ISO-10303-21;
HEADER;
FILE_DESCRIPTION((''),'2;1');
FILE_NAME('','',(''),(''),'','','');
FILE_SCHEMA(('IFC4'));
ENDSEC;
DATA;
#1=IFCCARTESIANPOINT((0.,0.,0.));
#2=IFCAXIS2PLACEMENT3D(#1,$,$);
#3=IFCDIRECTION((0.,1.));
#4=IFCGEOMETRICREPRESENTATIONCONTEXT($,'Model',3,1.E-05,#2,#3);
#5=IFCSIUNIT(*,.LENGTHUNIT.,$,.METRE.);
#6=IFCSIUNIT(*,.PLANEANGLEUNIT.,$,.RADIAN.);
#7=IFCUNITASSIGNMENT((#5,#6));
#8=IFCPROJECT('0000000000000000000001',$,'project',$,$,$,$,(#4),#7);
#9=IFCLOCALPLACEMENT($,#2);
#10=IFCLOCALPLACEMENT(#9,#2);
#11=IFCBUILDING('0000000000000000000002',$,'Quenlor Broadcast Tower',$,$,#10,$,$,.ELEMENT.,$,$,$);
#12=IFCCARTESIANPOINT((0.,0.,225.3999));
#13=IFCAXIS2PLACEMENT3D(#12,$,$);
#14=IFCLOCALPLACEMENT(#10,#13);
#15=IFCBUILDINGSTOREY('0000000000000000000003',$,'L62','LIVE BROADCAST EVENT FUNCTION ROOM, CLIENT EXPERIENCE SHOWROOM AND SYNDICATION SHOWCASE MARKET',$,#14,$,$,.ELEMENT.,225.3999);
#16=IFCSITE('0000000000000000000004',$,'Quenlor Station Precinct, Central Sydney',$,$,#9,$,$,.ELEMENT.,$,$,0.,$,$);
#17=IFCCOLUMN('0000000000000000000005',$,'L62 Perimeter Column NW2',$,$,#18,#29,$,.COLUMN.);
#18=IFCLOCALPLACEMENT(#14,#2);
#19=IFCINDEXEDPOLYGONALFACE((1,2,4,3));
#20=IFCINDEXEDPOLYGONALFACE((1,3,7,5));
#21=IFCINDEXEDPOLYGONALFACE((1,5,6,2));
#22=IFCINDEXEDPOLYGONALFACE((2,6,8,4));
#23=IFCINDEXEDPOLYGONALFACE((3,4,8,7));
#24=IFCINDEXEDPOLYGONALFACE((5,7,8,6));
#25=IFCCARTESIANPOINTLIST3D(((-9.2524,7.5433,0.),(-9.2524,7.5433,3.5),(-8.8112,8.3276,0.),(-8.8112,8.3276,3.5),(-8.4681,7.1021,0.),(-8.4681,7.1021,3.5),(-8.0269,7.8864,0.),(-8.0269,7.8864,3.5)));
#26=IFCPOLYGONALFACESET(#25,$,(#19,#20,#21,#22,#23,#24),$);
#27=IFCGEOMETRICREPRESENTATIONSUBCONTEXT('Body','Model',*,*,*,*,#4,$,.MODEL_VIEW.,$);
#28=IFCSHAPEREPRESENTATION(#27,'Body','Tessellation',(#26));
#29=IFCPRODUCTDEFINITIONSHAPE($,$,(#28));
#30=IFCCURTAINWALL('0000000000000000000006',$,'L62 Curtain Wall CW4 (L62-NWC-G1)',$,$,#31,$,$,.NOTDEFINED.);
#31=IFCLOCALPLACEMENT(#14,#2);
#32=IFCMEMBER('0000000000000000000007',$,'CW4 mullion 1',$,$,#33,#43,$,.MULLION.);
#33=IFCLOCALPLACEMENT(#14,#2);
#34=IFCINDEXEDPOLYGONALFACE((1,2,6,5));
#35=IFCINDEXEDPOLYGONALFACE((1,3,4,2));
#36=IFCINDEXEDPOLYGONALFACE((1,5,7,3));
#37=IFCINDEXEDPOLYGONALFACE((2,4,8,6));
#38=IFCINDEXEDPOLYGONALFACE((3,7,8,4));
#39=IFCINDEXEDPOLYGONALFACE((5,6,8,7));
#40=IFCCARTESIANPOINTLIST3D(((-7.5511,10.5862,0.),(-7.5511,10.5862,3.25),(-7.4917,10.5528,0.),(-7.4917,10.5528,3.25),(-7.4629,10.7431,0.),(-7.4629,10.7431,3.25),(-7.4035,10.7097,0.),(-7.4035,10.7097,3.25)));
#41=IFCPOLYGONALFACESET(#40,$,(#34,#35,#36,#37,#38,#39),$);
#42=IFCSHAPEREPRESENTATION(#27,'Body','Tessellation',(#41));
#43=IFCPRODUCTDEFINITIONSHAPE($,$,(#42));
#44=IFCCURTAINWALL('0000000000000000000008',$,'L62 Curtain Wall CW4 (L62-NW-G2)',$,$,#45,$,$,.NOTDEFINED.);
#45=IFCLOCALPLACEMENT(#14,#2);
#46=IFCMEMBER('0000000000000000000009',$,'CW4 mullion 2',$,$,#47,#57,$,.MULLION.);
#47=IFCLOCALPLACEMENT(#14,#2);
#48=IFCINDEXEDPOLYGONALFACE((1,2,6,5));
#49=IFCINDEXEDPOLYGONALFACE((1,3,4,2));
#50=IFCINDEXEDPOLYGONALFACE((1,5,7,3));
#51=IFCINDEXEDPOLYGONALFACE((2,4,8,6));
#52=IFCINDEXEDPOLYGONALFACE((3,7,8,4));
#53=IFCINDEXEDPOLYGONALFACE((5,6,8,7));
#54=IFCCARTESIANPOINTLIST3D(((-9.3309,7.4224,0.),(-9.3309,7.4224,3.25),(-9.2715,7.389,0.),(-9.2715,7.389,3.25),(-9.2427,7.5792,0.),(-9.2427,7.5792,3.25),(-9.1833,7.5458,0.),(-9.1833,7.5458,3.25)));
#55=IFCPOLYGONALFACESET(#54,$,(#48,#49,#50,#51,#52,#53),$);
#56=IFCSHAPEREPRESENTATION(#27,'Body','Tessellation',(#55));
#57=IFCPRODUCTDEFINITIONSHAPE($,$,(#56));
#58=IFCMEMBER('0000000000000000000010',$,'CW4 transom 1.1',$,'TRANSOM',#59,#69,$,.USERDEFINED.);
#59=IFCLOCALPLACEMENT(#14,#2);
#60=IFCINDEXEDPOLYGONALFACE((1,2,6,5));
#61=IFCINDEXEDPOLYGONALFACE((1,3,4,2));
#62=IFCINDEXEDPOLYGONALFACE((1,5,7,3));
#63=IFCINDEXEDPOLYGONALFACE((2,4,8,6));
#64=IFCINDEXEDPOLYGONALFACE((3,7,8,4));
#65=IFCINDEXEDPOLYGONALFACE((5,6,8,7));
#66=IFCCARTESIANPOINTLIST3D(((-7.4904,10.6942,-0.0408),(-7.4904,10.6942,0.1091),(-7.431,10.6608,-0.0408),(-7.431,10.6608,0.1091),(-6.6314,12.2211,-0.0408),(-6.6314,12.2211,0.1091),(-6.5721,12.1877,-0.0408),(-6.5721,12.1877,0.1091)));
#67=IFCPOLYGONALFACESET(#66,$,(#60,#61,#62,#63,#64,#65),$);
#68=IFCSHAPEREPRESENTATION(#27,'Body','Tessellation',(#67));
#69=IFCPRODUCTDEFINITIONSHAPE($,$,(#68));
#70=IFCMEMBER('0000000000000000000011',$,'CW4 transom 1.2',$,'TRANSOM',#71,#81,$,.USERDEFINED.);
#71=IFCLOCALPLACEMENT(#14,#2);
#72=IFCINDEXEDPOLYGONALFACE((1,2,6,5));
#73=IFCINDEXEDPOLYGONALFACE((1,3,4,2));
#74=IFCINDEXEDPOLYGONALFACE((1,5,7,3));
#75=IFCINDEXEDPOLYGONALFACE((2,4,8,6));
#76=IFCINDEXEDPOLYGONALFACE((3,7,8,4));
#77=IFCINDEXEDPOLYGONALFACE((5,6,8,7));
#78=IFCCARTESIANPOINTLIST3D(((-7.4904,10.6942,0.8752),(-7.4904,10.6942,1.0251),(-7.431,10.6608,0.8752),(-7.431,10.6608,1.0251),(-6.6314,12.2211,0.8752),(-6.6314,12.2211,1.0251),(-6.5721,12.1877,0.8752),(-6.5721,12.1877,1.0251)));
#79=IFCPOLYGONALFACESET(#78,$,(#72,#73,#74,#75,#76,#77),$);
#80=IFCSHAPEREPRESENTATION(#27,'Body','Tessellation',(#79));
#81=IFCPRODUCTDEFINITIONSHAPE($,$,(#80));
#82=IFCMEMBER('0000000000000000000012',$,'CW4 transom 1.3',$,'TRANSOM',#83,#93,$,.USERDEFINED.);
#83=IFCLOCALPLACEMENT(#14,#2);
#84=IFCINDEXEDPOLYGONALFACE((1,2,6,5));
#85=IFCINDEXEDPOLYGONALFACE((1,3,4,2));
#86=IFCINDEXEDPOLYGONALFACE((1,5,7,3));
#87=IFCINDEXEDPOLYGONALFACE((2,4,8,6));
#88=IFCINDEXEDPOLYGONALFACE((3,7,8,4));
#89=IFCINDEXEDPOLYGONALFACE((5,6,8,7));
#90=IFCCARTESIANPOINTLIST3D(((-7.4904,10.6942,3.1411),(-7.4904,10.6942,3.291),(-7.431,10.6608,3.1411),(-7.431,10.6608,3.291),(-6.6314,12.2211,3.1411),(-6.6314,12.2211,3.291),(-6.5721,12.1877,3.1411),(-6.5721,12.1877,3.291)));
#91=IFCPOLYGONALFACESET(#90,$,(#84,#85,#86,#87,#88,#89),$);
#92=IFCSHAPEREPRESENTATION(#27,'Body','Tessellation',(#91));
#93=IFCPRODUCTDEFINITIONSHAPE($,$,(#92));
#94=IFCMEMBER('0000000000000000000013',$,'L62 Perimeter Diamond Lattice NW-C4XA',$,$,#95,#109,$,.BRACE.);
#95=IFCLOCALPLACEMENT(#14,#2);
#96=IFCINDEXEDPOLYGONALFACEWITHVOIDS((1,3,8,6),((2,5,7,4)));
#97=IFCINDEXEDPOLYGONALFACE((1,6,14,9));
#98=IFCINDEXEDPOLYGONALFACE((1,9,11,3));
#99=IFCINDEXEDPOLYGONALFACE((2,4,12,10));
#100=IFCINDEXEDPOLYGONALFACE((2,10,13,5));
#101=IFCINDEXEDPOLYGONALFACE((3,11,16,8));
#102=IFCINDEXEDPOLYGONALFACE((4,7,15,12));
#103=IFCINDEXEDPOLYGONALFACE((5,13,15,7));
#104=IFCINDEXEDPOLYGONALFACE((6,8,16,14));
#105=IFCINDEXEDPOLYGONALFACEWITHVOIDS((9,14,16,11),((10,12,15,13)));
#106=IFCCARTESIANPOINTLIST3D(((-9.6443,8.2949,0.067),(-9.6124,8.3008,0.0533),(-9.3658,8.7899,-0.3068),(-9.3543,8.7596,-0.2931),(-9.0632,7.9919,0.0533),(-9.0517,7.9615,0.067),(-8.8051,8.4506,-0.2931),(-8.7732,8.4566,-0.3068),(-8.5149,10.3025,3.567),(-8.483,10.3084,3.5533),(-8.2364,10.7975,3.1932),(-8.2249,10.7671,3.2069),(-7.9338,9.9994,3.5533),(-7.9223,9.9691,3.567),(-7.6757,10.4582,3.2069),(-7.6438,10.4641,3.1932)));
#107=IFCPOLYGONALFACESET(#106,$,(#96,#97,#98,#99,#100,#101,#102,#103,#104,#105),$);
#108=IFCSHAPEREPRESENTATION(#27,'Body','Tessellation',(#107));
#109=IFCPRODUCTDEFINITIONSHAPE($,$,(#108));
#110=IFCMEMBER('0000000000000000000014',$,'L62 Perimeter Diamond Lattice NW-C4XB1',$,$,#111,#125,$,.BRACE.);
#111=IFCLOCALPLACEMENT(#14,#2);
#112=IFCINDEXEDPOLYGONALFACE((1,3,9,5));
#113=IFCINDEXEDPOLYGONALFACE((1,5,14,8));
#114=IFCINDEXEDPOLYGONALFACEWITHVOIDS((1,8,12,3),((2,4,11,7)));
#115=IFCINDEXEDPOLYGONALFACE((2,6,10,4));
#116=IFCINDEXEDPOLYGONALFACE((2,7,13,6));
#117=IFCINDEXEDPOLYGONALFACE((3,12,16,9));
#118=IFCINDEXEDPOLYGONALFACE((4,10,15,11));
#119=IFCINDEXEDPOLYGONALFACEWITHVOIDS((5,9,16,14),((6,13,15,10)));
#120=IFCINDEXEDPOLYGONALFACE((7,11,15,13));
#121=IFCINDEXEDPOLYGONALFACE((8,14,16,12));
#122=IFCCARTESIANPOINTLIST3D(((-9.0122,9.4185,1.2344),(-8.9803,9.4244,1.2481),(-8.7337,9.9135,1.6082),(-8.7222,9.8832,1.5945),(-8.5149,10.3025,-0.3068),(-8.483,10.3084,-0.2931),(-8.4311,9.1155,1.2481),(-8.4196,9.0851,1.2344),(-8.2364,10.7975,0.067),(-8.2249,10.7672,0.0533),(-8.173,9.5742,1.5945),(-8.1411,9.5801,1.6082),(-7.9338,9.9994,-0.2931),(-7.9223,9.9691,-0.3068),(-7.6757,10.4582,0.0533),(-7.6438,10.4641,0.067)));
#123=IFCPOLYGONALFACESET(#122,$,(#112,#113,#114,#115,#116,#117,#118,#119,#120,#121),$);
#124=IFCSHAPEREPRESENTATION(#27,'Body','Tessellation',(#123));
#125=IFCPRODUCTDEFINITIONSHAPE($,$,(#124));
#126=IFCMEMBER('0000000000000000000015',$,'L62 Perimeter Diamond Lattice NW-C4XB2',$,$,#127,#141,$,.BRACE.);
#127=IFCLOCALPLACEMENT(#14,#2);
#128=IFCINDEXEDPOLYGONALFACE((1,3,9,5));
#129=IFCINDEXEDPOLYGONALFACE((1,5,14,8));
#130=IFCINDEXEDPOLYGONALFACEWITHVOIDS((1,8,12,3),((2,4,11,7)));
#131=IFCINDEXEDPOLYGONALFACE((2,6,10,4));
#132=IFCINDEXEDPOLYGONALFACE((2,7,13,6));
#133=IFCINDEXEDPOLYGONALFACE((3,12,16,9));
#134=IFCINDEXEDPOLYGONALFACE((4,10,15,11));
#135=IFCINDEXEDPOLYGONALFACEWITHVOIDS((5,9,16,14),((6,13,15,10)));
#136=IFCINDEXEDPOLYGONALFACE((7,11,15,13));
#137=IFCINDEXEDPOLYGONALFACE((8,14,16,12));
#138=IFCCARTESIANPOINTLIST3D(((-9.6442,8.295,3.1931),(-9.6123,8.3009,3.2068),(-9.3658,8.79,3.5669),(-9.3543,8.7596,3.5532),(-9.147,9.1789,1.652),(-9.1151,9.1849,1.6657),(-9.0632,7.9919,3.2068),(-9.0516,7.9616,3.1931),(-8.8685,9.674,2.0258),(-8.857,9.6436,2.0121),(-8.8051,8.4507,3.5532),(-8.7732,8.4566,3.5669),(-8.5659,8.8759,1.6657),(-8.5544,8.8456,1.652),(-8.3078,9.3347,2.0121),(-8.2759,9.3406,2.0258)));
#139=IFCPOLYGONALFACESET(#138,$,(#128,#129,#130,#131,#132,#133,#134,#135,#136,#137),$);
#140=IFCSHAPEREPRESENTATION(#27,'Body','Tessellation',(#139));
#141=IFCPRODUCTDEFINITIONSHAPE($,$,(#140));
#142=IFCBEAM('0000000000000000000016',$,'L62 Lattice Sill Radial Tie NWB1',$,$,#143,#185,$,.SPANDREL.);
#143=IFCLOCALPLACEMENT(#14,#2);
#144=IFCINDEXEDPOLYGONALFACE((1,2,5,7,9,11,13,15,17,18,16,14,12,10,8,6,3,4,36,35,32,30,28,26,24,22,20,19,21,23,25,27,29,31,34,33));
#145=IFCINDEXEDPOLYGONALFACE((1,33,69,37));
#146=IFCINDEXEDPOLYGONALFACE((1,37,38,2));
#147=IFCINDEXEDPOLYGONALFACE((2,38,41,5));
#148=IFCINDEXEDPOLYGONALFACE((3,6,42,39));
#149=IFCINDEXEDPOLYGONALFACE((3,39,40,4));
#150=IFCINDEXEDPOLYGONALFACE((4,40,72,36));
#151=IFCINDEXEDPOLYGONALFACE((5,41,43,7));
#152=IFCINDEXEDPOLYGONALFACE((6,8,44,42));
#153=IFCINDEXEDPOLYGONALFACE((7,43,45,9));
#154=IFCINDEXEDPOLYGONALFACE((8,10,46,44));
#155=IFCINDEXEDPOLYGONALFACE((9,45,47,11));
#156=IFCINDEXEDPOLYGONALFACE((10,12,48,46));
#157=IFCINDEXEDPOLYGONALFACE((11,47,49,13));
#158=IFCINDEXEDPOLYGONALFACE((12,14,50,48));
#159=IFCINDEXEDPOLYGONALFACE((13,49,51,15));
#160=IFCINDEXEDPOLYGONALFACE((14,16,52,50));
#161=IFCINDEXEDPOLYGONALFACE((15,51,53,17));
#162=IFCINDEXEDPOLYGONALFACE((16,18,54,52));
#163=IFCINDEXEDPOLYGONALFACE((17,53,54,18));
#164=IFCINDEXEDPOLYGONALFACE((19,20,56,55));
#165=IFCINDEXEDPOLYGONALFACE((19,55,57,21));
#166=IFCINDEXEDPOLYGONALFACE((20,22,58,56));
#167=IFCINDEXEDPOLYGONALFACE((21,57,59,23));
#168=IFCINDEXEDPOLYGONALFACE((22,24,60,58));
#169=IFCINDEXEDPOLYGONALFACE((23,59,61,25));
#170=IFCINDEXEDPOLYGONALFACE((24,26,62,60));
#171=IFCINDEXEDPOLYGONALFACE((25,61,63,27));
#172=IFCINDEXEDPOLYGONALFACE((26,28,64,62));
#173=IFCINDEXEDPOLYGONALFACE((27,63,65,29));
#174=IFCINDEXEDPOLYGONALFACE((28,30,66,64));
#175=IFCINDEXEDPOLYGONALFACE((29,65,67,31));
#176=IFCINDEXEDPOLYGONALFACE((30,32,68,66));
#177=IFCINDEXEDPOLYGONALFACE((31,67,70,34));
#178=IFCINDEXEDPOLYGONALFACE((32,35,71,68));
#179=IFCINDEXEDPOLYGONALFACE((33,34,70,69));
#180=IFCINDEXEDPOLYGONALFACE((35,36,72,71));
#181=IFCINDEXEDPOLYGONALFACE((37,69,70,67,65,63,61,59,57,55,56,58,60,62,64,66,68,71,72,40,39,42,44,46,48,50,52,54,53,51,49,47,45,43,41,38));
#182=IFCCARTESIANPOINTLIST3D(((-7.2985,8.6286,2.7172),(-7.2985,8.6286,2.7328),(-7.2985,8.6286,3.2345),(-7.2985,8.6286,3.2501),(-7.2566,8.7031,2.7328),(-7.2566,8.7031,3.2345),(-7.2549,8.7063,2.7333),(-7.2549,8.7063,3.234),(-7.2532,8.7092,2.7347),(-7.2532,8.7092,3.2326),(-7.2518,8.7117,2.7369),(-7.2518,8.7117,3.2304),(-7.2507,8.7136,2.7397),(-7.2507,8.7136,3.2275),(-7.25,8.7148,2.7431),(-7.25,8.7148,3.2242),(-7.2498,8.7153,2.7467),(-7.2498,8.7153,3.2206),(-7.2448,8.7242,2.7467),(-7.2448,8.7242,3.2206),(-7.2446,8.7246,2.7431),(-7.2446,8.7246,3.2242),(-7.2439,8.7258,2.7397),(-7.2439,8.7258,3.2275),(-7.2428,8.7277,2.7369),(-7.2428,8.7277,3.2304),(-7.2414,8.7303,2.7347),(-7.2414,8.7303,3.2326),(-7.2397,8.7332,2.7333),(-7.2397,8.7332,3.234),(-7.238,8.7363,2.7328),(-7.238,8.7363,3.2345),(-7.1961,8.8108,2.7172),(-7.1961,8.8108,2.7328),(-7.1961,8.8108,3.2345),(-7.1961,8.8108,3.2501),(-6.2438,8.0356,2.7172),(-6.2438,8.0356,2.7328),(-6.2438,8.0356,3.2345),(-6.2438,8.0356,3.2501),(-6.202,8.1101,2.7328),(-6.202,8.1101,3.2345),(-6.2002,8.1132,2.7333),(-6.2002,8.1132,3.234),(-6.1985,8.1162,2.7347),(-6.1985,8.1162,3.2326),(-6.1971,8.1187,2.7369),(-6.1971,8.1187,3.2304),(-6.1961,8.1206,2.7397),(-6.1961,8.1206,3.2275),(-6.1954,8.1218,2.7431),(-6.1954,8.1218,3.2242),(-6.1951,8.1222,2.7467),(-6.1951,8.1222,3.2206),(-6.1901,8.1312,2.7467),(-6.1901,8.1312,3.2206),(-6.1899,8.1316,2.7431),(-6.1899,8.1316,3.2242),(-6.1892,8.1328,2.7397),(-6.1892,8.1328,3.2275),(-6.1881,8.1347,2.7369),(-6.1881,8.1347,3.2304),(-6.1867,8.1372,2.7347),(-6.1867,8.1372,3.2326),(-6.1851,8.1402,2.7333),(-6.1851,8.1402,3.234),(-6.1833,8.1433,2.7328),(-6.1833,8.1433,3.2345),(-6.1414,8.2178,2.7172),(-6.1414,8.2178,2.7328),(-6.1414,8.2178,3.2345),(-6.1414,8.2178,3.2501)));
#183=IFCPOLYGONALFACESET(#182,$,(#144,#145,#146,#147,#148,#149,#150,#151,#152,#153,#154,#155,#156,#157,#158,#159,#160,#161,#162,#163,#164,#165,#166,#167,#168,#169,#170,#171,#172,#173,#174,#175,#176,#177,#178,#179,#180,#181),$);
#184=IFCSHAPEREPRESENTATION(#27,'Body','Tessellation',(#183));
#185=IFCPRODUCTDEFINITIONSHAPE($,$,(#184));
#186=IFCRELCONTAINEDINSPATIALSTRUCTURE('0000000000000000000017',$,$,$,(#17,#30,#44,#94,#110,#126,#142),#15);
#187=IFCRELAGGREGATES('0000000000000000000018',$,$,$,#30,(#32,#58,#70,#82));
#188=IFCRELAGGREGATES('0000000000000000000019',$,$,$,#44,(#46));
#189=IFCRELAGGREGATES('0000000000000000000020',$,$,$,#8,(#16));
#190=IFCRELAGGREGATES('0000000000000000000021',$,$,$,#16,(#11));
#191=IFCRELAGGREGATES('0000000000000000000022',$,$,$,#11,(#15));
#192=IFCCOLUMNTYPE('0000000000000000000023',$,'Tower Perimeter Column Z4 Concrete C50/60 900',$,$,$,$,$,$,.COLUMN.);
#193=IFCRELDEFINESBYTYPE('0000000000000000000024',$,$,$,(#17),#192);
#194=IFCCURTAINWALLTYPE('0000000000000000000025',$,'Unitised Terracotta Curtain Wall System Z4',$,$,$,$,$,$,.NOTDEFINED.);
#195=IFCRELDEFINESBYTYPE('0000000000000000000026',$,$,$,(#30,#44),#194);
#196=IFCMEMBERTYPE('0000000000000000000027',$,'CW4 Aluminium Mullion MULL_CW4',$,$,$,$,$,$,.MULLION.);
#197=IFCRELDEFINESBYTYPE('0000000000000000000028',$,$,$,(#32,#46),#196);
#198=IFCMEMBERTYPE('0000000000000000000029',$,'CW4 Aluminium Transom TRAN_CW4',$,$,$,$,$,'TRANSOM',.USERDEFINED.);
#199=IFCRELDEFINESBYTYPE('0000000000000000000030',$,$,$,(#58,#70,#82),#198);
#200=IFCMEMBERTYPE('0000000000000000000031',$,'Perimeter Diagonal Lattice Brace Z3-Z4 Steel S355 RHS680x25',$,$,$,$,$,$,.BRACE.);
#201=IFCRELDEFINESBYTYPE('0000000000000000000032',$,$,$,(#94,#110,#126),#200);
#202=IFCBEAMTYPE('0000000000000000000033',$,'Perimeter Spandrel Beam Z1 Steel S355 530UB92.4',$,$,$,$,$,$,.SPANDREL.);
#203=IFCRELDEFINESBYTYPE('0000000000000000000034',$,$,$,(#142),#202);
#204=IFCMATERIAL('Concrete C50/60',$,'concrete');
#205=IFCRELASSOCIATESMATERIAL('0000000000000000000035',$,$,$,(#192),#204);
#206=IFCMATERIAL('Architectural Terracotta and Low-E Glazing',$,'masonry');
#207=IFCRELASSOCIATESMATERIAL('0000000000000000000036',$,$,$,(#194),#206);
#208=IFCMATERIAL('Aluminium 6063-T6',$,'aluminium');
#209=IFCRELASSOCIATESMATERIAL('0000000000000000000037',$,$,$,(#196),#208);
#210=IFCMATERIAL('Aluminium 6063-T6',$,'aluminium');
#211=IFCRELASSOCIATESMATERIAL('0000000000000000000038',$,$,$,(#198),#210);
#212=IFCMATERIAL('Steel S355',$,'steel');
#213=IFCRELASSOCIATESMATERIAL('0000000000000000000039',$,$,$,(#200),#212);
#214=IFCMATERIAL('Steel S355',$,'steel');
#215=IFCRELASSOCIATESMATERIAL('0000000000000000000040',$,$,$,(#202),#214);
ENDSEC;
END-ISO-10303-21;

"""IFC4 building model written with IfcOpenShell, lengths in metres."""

from ifc_helpers import new_model, si_unit, direction, frame, origin, origin_2d, place, context, subcontext, project, spatial, rectangle, hollow_rectangle, i_section, extrude, material, material_profile, profile_set, type_object, element, aggregate, save


model = new_model("IFC4")

# Units and contexts
model_context = context("Model", 3, precision=1e-05, world=origin(), true_north=direction((0.0, 1.0)))
body_context = subcontext(model_context, "Body", "Model", "MODEL_VIEW")
ifc_project = project(units=[si_unit("LENGTHUNIT", "METRE"), si_unit("PLANEANGLEUNIT", "RADIAN")], contexts=[model_context])

# Site, building, storey
site_placement = place(None, origin())
site = spatial("IfcSite", under=ifc_project, at=site_placement, Name="Quenlor Station Precinct, Central Sydney", CompositionType="ELEMENT", RefElevation=0.0)
building_placement = place(site_placement, origin())
building = spatial("IfcBuilding", under=site, at=building_placement, Name="Quenlor Broadcast Tower", CompositionType="ELEMENT")
storey_placement = place(building_placement, frame((0.0, 0.0, 225.3999)))
storey = spatial("IfcBuildingStorey", under=building, at=storey_placement, Name="L62", Description="LIVE BROADCAST EVENT FUNCTION ROOM, CLIENT EXPERIENCE SHOWROOM AND SYNDICATION SHOWCASE MARKET", CompositionType="ELEMENT", Elevation=225.3999)

# Column
ifc_material_1 = material(Name="Concrete C50/60", Category="concrete")
ifc_material_profile_1 = material_profile(ifc_material_1, rectangle(XDim=0.8999, YDim=0.8999, at=origin_2d()))
ifc_profile_set_1 = profile_set([ifc_material_profile_1], Name="Concrete C50/60 RC900x900")
column_type = type_object("IfcColumnType", Name="Tower Perimeter Column Z4 Concrete C50/60 900", PredefinedType="COLUMN", material=ifc_profile_set_1)
column_placement = place(storey_placement, frame((-8.6396, 7.7148, 0.0), z_axis=(0.0, 0.0, 1.0), x_axis=(-0.871575, 0.490262, 0.0)))
element("IfcColumn", 1, at=column_placement, inside=storey, type_object=column_type, Name="L62 Perimeter Column NW2", PredefinedType="COLUMN", context=body_context, shape_type="SweptSolid", body=[
    extrude(rectangle(XDim=0.8999, YDim=0.8999, at=origin_2d()), origin(), (0.0, 0.0, 1.0), 3.5),
])

# Curtain walls, members
ifc_material_2 = material(Name="Architectural Terracotta and Low-E Glazing", Category="masonry")
curtain_wall_type = type_object("IfcCurtainWallType", Name="Unitised Terracotta Curtain Wall System Z4", PredefinedType="NOTDEFINED", material=ifc_material_2)
curtain_wall_1_placement = place(storey_placement, origin())
curtain_wall_1 = element("IfcCurtainWall", 2, at=curtain_wall_1_placement, inside=storey, type_object=curtain_wall_type, Name="L62 Curtain Wall CW4 (L62-NWC-G1)", PredefinedType="NOTDEFINED")
ifc_material_3 = material(Name="Aluminium 6063-T6", Category="aluminium")
ifc_material_profile_2 = material_profile(ifc_material_3, rectangle(XDim=0.0681, YDim=0.1799, at=origin_2d()))
ifc_profile_set_2 = profile_set([ifc_material_profile_2], Name="Aluminium 6063-T6 MULL68x180")
member_type_1 = type_object("IfcMemberType", Name="CW4 Aluminium Mullion MULL_CW4", PredefinedType="MULLION", material=ifc_profile_set_2)
member_1_placement = place(storey_placement, frame((-7.4773, 10.6479, 0.0), z_axis=(0.0, 0.0, 1.0), x_axis=(-0.871576, 0.49026, 0.0)))
member_1 = element("IfcMember", 3, at=member_1_placement, type_object=member_type_1, Name="CW4 mullion 1", PredefinedType="MULLION", context=body_context, shape_type="SweptSolid", body=[
    extrude(rectangle(XDim=0.0681, YDim=0.1799, at=origin_2d()), origin(), (0.0, 0.0, 1.0), 3.25),
])
curtain_wall_2_placement = place(storey_placement, origin())
curtain_wall_2 = element("IfcCurtainWall", 4, at=curtain_wall_2_placement, inside=storey, type_object=curtain_wall_type, Name="L62 Curtain Wall CW4 (L62-NW-G2)", PredefinedType="NOTDEFINED")
member_2_placement = place(storey_placement, frame((-9.2571, 7.4841, 0.0), z_axis=(0.0, 0.0, 1.0), x_axis=(-0.871578, 0.490257, 0.0)))
member_2 = element("IfcMember", 5, at=member_2_placement, type_object=member_type_1, Name="CW4 mullion 2", PredefinedType="MULLION", context=body_context, shape_type="SweptSolid", body=[
    extrude(rectangle(XDim=0.0681, YDim=0.1799, at=origin_2d()), origin(), (0.0, 0.0, 1.0), 3.25),
])

# Members
ifc_material_4 = material(Name="Aluminium 6063-T6", Category="aluminium")
ifc_material_profile_3 = material_profile(ifc_material_4, rectangle(XDim=0.0681, YDim=0.1499, at=origin_2d()))
ifc_profile_set_3 = profile_set([ifc_material_profile_3], Name="Aluminium 6063-T6 TRAN68x150")
member_type_2 = type_object("IfcMemberType", Name="CW4 Aluminium Transom TRAN_CW4", ElementType="TRANSOM", PredefinedType="USERDEFINED", material=ifc_profile_set_3)
member_3_placement = place(storey_placement, frame((-7.4607, 10.6775, 0.0342), z_axis=(0.490274, 0.871568, 0.0), x_axis=(-0.871568, 0.490274, 0.0)))
member_3 = element("IfcMember", 6, at=member_3_placement, type_object=member_type_2, Name="CW4 transom 1.1", ObjectType="TRANSOM", PredefinedType="USERDEFINED", context=body_context, shape_type="SweptSolid", body=[
    extrude(rectangle(XDim=0.0681, YDim=0.1499, at=origin_2d()), origin(), (0.0, 0.0, 1.0), 1.752),
])
member_4_placement = place(storey_placement, frame((-7.4607, 10.6775, 0.9502), z_axis=(0.490274, 0.871568, 0.0), x_axis=(-0.871568, 0.490274, 0.0)))
member_4 = element("IfcMember", 7, at=member_4_placement, type_object=member_type_2, Name="CW4 transom 1.2", ObjectType="TRANSOM", PredefinedType="USERDEFINED", context=body_context, shape_type="SweptSolid", body=[
    extrude(rectangle(XDim=0.0681, YDim=0.1499, at=origin_2d()), origin(), (0.0, 0.0, 1.0), 1.752),
])
member_5_placement = place(storey_placement, frame((-7.4607, 10.6775, 3.2161), z_axis=(0.490274, 0.871568, 0.0), x_axis=(-0.871568, 0.490274, 0.0)))
member_5 = element("IfcMember", 8, at=member_5_placement, type_object=member_type_2, Name="CW4 transom 1.3", ObjectType="TRANSOM", PredefinedType="USERDEFINED", context=body_context, shape_type="SweptSolid", body=[
    extrude(rectangle(XDim=0.0681, YDim=0.1499, at=origin_2d()), origin(), (0.0, 0.0, 1.0), 1.752),
])
aggregate(curtain_wall_1, [member_1, member_3, member_4, member_5])

# Members
ifc_material_5 = material(Name="Steel S355", Category="steel")
ifc_material_profile_4 = material_profile(ifc_material_5, hollow_rectangle(XDim=0.6799, YDim=0.6799, WallThickness=0.0249, at=origin_2d()))
ifc_profile_set_4 = profile_set([ifc_material_profile_4], Name="Steel S355 RHS680x680x25")
member_type_3 = type_object("IfcMemberType", Name="Perimeter Diagonal Lattice Brace Z3-Z4 Steel S355 RHS680x25", PredefinedType="BRACE", material=ifc_profile_set_4)
member_6_placement = place(storey_placement, frame((-9.2087, 8.3757, -0.1199), z_axis=(0.269547, 0.479136, 0.835328), x_axis=(-0.87155, 0.490307, 0.0)))
element("IfcMember", 9, at=member_6_placement, inside=storey, type_object=member_type_3, Name="L62 Perimeter Diamond Lattice NW-C4XA", PredefinedType="BRACE", context=body_context, shape_type="SweptSolid", body=[
    extrude(hollow_rectangle(XDim=0.6799, YDim=0.6799, WallThickness=0.0249, at=origin_2d()), origin(), (0.0, 0.0, 1.0), 4.1899),
])
for number, where, z_axis, x_axis, name in (
    (10, (-8.0793, 10.3833, -0.1199), (-0.269536, -0.47913, 0.835335), (0.871556, -0.490296, 0.0), "L62 Perimeter Diamond Lattice NW-C4XB1"),
    (11, (-8.7114, 9.2598, 1.8389), (-0.269536, -0.47913, 0.835335), (0.871556, -0.490296, 0.0), "L62 Perimeter Diamond Lattice NW-C4XB2"),
):
    element("IfcMember", number, at=place(storey_placement, frame(where, z_axis=z_axis, x_axis=x_axis)), inside=storey, type_object=member_type_3, Name=name, PredefinedType="BRACE", context=body_context, shape_type="SweptSolid", body=[
        extrude(hollow_rectangle(XDim=0.6799, YDim=0.6799, WallThickness=0.0249, at=origin_2d()), origin(), (0.0, 0.0, 1.0), 1.845),
    ])

# Beam
ifc_material_6 = material(Name="Steel S355", Category="steel")
ifc_material_profile_5 = material_profile(ifc_material_6, i_section(OverallWidth=0.209, OverallDepth=0.533, WebThickness=0.0103, FlangeThickness=0.0156, FilletRadius=0.0139, at=origin_2d()))
ifc_profile_set_5 = profile_set([ifc_material_profile_5], Name="Steel S355 530UB92.4")
beam_type_1 = type_object("IfcBeamType", Name="Perimeter Spandrel Beam Z1 Steel S355 530UB92.4", PredefinedType="SPANDREL", material=ifc_profile_set_5)
beam_1_placement = place(storey_placement, frame((-6.1926, 8.1267, 2.9836), z_axis=(-0.871662, 0.490108, 0.0), x_axis=(-0.490108, -0.871662, 0.0)))
element("IfcBeam", 12, at=beam_1_placement, inside=storey, type_object=beam_type_1, Name="L62 Lattice Sill Radial Tie NWB1", PredefinedType="SPANDREL", context=body_context, shape_type="SweptSolid", body=[
    extrude(i_section(OverallWidth=0.209, OverallDepth=0.533, WebThickness=0.0103, FlangeThickness=0.0156, FilletRadius=0.0139, at=origin_2d()), origin(), (0.0, 0.0, 1.0), 1.21),
])

aggregate(curtain_wall_2, [member_2])

save(model, "model.ifc")
